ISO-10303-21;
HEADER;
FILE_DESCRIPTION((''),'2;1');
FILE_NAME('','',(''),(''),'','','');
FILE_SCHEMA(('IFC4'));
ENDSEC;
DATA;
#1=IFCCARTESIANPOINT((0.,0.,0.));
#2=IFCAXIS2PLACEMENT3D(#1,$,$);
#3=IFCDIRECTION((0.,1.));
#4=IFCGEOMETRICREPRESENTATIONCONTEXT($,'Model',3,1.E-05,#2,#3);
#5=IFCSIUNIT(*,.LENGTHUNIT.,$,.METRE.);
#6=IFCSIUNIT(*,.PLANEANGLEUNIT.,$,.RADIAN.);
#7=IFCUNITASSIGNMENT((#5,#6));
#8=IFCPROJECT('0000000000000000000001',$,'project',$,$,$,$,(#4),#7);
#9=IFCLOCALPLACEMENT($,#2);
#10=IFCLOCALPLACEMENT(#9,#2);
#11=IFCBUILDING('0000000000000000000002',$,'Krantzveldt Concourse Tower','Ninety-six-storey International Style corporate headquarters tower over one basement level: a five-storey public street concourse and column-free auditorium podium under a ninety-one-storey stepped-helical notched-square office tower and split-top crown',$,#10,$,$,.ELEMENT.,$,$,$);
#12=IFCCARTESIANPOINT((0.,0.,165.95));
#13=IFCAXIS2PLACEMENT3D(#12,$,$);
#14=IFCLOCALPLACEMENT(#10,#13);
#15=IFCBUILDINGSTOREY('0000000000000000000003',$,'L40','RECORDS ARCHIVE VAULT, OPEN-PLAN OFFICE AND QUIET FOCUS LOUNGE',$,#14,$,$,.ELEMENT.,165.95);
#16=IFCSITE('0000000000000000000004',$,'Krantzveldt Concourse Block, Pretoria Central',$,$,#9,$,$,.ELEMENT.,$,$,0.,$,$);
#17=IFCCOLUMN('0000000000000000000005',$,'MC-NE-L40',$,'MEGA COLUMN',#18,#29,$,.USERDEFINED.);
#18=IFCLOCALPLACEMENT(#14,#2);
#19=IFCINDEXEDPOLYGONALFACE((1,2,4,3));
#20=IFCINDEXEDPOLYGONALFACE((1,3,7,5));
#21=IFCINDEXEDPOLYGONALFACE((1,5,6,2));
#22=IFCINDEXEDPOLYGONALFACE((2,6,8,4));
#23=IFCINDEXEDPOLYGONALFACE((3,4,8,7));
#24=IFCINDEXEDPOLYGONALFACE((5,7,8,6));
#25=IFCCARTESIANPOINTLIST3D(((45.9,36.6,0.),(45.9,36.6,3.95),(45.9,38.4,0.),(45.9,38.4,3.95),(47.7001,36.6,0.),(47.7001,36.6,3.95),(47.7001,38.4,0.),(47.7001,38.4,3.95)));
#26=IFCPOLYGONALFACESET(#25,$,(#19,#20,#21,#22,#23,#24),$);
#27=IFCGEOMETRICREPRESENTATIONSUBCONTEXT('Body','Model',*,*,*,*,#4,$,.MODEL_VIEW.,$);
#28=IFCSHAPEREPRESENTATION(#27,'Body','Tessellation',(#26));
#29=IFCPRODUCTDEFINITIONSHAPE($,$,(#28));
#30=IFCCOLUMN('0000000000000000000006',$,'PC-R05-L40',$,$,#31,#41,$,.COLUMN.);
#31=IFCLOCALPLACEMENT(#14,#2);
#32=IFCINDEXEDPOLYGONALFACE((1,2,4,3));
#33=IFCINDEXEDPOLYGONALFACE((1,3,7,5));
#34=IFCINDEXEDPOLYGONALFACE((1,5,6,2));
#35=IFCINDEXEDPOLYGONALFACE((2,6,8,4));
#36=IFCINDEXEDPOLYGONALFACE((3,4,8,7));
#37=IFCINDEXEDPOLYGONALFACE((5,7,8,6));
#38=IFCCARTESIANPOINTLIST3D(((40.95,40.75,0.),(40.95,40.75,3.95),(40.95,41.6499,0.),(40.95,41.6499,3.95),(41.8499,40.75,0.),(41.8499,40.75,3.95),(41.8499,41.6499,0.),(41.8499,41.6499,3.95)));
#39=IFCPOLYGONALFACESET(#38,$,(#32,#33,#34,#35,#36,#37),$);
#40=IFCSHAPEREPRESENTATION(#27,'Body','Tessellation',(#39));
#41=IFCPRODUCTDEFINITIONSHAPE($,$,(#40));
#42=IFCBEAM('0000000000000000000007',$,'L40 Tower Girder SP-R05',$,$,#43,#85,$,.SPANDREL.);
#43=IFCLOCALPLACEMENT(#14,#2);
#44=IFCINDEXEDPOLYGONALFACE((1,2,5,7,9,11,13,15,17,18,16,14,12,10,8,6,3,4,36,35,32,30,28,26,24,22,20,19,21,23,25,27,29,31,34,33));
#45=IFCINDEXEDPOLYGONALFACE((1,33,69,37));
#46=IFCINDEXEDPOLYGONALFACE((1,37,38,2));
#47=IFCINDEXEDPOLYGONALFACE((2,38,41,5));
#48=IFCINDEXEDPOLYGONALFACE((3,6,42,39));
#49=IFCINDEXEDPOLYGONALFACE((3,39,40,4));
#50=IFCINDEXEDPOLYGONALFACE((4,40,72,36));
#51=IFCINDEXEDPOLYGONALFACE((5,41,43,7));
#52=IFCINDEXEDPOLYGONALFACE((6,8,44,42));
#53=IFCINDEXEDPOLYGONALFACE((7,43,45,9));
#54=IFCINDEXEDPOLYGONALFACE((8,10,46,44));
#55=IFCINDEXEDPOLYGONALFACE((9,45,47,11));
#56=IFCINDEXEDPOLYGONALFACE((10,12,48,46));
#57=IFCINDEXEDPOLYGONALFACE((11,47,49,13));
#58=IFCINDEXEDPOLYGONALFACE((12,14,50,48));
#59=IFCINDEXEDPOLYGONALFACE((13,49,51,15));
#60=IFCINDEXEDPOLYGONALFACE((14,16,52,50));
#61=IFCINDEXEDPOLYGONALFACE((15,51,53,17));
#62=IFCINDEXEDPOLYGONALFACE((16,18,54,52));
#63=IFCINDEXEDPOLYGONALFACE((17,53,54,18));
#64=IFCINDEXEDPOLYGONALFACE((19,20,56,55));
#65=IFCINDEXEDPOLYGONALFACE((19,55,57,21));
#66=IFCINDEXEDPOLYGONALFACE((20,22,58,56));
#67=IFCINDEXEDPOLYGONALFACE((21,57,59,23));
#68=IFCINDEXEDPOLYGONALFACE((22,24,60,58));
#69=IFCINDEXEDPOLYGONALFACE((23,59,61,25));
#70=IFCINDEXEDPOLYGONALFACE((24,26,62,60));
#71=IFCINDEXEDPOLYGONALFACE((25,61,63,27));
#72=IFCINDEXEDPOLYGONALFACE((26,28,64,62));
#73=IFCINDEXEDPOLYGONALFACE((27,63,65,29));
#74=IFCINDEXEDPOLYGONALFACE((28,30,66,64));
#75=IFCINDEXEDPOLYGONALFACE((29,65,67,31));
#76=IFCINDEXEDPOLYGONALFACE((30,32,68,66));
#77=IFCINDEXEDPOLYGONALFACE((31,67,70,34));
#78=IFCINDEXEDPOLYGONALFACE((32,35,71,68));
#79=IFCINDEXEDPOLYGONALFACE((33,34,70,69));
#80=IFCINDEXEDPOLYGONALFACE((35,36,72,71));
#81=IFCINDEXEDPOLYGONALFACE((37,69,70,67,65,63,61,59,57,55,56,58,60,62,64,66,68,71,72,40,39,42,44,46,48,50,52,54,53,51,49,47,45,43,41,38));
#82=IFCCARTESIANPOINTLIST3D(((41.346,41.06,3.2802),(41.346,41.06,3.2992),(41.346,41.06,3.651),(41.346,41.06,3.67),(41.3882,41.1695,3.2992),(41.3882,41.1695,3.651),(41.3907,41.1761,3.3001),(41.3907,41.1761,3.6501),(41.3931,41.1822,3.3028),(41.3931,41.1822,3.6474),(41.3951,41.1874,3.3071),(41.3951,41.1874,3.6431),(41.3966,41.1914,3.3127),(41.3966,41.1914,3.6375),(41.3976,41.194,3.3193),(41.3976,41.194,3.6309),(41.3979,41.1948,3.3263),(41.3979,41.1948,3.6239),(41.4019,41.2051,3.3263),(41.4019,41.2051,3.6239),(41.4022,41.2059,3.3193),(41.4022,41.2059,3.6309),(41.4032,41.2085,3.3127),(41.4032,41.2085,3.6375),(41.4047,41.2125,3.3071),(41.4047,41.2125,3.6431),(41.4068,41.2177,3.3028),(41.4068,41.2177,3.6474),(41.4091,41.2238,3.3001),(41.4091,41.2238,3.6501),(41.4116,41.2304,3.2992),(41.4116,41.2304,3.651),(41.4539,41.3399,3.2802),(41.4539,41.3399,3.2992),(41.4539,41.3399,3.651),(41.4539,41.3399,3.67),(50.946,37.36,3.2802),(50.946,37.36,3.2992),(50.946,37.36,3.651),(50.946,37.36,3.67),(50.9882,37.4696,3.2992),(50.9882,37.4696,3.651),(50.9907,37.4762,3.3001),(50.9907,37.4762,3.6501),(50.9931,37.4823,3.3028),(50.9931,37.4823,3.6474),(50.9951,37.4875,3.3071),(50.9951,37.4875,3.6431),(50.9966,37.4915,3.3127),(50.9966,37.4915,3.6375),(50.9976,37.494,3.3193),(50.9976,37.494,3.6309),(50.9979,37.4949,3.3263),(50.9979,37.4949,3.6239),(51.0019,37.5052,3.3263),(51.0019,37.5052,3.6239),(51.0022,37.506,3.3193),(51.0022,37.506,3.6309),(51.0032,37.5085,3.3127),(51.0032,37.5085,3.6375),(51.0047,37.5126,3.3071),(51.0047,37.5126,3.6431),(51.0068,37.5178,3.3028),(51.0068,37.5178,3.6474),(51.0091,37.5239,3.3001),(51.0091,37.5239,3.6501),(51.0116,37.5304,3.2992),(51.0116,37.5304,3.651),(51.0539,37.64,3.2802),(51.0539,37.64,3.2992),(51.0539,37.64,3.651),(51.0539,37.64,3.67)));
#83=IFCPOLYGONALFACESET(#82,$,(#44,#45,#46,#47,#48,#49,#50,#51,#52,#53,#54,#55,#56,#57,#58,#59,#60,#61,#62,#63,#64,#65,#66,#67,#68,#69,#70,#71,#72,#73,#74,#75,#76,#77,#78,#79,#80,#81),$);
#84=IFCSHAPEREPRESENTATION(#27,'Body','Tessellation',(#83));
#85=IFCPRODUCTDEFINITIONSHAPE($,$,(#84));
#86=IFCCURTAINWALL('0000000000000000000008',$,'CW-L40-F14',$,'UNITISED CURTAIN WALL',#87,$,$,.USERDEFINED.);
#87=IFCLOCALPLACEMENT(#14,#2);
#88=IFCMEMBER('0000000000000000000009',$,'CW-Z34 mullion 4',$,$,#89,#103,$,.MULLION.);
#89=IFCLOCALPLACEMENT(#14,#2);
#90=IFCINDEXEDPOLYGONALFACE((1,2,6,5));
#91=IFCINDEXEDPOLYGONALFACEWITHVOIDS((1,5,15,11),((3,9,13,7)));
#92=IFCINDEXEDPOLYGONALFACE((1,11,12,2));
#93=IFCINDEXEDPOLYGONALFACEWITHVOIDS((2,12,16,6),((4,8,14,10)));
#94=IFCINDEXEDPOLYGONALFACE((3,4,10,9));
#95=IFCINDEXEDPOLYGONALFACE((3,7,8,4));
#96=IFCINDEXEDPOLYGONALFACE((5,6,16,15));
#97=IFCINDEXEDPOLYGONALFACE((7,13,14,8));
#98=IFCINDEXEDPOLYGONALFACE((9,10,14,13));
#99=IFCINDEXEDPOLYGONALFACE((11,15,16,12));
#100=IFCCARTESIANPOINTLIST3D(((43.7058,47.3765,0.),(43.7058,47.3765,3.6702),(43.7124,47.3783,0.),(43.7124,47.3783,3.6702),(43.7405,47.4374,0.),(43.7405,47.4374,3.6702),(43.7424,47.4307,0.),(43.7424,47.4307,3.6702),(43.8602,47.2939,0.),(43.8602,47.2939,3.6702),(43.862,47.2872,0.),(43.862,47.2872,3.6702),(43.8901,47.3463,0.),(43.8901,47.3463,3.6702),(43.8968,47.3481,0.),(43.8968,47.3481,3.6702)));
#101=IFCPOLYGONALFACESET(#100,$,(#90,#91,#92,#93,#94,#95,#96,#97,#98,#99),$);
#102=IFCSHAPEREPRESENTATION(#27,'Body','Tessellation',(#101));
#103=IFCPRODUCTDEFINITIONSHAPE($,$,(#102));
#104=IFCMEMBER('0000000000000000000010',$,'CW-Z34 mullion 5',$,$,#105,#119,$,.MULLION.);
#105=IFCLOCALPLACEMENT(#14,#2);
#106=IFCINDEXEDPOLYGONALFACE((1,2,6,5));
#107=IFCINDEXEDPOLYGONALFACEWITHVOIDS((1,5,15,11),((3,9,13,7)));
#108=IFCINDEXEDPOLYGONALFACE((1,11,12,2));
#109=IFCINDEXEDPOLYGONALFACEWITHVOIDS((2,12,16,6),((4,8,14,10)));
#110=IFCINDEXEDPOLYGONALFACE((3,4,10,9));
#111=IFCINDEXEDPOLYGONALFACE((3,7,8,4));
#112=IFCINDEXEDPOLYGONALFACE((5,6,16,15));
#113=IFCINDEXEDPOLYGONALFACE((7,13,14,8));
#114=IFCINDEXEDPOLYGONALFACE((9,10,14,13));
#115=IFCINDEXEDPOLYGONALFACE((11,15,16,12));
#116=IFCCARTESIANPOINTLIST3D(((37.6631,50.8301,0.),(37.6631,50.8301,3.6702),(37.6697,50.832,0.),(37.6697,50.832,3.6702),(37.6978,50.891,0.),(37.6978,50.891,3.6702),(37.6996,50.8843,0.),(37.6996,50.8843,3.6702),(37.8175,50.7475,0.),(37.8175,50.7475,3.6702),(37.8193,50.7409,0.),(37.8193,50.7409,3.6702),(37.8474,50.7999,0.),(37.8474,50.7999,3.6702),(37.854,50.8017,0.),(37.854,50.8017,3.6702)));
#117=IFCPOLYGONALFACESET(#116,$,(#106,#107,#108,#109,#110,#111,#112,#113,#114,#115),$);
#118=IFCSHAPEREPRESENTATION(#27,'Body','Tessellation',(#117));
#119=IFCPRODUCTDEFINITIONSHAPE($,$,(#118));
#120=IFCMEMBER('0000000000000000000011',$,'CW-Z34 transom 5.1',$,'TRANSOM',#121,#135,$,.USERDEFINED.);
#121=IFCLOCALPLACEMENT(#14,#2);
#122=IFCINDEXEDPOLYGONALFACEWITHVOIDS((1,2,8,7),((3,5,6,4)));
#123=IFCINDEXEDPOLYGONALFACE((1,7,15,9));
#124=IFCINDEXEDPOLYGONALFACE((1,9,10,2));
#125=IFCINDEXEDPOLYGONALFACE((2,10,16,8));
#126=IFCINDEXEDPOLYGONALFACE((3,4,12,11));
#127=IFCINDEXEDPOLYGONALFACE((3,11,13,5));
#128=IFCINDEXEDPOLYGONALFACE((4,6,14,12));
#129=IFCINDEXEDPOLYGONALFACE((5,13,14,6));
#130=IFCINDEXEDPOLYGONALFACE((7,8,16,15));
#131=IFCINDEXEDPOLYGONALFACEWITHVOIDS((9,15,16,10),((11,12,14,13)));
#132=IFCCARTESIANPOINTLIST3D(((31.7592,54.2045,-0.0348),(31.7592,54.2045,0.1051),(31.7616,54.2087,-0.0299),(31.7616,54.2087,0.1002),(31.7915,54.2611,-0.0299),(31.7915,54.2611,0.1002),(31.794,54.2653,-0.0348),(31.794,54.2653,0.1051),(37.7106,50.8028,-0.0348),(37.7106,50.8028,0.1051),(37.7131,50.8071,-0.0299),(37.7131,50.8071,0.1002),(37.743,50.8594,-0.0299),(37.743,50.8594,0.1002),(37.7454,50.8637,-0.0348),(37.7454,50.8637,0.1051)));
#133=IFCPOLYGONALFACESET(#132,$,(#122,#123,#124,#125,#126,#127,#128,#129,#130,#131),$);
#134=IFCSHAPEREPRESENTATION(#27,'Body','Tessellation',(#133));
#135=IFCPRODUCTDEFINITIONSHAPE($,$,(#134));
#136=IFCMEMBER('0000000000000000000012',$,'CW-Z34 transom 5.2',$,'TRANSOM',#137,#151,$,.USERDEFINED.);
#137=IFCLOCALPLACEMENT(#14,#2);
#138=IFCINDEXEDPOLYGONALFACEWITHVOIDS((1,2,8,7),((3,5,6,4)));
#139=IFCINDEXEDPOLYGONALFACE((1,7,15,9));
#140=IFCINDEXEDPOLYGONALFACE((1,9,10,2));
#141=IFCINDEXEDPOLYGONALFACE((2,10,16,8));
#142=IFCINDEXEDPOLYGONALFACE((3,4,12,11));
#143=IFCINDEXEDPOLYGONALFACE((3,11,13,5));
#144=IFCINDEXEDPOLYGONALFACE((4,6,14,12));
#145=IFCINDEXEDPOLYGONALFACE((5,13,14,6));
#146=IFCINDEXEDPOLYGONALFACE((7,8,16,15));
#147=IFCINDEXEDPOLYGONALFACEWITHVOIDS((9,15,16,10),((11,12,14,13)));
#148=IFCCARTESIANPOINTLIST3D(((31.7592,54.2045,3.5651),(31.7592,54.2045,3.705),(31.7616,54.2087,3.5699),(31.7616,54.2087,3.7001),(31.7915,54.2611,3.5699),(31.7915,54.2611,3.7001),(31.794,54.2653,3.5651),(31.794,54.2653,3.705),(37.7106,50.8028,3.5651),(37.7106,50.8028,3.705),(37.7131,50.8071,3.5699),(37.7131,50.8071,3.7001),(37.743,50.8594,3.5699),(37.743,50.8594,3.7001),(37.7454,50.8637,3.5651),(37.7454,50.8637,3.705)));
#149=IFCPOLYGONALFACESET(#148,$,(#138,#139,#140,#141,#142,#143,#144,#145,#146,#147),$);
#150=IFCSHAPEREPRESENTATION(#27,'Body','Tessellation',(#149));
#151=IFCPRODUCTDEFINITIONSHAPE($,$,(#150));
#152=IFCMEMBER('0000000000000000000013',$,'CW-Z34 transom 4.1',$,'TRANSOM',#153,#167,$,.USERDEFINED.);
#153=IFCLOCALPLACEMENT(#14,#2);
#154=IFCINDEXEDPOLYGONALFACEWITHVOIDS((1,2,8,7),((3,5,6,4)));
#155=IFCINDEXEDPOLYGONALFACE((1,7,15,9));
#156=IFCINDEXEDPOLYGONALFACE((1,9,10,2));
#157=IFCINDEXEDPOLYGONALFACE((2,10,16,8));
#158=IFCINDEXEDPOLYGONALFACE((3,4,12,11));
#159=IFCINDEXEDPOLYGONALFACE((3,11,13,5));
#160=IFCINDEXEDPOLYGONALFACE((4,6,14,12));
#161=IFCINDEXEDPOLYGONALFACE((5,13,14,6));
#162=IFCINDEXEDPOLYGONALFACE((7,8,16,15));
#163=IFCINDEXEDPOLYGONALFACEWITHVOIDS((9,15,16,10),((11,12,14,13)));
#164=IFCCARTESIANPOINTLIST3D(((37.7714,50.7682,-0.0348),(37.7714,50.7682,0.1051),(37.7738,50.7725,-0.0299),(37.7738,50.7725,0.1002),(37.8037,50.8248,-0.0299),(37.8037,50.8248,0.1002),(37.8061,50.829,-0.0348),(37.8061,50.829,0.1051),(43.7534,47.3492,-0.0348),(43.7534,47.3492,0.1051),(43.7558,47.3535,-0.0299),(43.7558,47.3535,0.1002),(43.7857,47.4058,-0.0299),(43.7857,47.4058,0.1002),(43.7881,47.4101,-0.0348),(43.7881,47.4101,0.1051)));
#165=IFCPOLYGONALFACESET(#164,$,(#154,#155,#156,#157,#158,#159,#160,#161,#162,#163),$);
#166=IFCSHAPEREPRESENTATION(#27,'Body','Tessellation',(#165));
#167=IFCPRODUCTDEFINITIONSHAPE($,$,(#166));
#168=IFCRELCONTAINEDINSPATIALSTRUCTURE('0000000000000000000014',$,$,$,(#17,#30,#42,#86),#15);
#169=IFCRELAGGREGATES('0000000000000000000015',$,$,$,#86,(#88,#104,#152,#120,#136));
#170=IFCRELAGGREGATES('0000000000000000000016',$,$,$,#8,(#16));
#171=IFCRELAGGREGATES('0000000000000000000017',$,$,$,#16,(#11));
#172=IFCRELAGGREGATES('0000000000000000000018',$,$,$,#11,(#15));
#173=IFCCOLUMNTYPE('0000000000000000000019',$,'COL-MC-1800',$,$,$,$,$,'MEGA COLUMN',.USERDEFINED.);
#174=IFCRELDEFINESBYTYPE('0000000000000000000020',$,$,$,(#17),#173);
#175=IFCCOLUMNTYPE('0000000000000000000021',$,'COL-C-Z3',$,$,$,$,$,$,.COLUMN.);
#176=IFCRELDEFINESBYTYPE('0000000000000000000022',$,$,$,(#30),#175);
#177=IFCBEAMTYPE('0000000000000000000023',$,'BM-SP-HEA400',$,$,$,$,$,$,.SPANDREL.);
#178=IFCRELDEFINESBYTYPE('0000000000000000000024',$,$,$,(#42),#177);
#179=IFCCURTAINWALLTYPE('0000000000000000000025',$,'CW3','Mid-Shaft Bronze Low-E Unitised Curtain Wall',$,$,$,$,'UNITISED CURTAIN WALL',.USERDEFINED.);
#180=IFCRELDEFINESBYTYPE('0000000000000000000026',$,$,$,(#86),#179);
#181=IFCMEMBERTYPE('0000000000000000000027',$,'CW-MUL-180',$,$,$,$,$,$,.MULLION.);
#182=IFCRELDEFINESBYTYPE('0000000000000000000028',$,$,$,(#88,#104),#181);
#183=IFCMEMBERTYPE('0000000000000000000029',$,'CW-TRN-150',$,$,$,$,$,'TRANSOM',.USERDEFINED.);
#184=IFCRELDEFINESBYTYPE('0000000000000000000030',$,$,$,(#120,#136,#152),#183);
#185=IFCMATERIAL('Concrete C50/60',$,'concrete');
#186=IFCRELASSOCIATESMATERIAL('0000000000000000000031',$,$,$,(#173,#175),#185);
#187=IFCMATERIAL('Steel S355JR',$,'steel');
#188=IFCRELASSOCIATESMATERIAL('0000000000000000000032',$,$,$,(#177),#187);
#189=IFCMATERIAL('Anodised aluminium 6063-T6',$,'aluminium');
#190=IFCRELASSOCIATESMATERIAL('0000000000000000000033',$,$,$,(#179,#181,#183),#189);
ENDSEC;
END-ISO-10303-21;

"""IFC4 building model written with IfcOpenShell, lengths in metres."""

from ifc_helpers import new_model, si_unit, direction, frame, origin, origin_2d, place, context, subcontext, project, spatial, rectangle, hollow_rectangle, i_section, extrude, source, transform, mapped, material, material_profile, profile_set, type_object, type_shapes, element, aggregate, save


model = new_model("IFC4")

# Units and contexts
model_context = context("Model", 3, precision=1e-05, world=origin(), true_north=direction((0.0, 1.0)))
body_context = subcontext(model_context, "Body", "Model", "MODEL_VIEW")
ifc_project = project(units=[si_unit("LENGTHUNIT", "METRE"), si_unit("PLANEANGLEUNIT", "RADIAN")], contexts=[model_context])

# Site, building, storey
site_placement = place(None, origin())
site = spatial("IfcSite", under=ifc_project, at=site_placement, Name="Krantzveldt Concourse Block, Pretoria Central", CompositionType="ELEMENT", RefElevation=0.0)
building_placement = place(site_placement, origin())
building = spatial("IfcBuilding", under=site, at=building_placement, Name="Krantzveldt Concourse Tower", Description="Ninety-six-storey International Style corporate headquarters tower over one basement level: a five-storey public street concourse and column-free auditorium podium under a ninety-one-storey stepped-helical notched-square office tower and split-top crown", CompositionType="ELEMENT")
storey_placement = place(building_placement, frame((0.0, 0.0, 165.95)))
storey = spatial("IfcBuildingStorey", under=building, at=storey_placement, Name="L40", Description="RECORDS ARCHIVE VAULT, OPEN-PLAN OFFICE AND QUIET FOCUS LOUNGE", CompositionType="ELEMENT", Elevation=165.95)

# Columns
ifc_material_1 = material(Name="Concrete C50/60", Category="concrete")
ifc_material_profile_1 = material_profile(ifc_material_1, rectangle(XDim=1.8, YDim=1.8, at=origin_2d()), Name="Concrete C50/60", Category="concrete")
ifc_profile_set_1 = profile_set([ifc_material_profile_1], Name="Concrete C50/60 - RC 1800x1800")
column_type_1 = type_object("IfcColumnType", Name="COL-MC-1800", ElementType="MEGA COLUMN", PredefinedType="USERDEFINED", material=ifc_profile_set_1)
shared_shape_1 = source(origin(), body_context, "Body", "SweptSolid", [
    extrude(rectangle(XDim=1.8, YDim=1.8, at=origin_2d()), origin(), (0.0, 0.0, 1.0), 3.95),
])
type_shapes(column_type_1, [shared_shape_1])
column_1_placement = place(storey_placement, frame((46.8, 37.5, 0.0), z_axis=(0.0, 0.0, 1.0), x_axis=(1.0, 0.0, 0.0)))
element("IfcColumn", 1, at=column_1_placement, inside=storey, type_object=column_type_1, Name="MC-NE-L40", ObjectType="MEGA COLUMN", PredefinedType="USERDEFINED", context=body_context, shape_type="MappedRepresentation", body=[
    mapped(shared_shape_1, transform((0.0, 0.0, 0.0), x_axis=(1.0, 0.0, 0.0), y_axis=(0.0, 1.0, 0.0), z_axis=(0.0, 0.0, 1.0), scale=1.0)),
])
ifc_material_profile_2 = material_profile(ifc_material_1, rectangle(XDim=0.8999, YDim=0.8999, at=origin_2d()), Name="Concrete C50/60", Category="concrete")
ifc_profile_set_2 = profile_set([ifc_material_profile_2], Name="Concrete C50/60 - RC 900x900")
column_type_2 = type_object("IfcColumnType", Name="COL-C-Z3", PredefinedType="COLUMN", material=ifc_profile_set_2)
shared_shape_2 = source(origin(), body_context, "Body", "SweptSolid", [
    extrude(rectangle(XDim=0.8999, YDim=0.8999, at=origin_2d()), origin(), (0.0, 0.0, 1.0), 3.95),
])
type_shapes(column_type_2, [shared_shape_2])
column_2_placement = place(storey_placement, frame((41.3999, 41.2, 0.0), z_axis=(0.0, 0.0, 1.0), x_axis=(1.0, 0.0, 0.0)))
element("IfcColumn", 2, at=column_2_placement, inside=storey, type_object=column_type_2, Name="PC-R05-L40", PredefinedType="COLUMN", context=body_context, shape_type="MappedRepresentation", body=[
    mapped(shared_shape_2, transform((0.0, 0.0, 0.0), x_axis=(1.0, 0.0, 0.0), y_axis=(0.0, 1.0, 0.0), z_axis=(0.0, 0.0, 1.0), scale=1.0)),
])

# Beam
ifc_material_2 = material(Name="Steel S355JR", Category="steel")
ifc_material_profile_3 = material_profile(ifc_material_2, i_section(OverallWidth=0.3, OverallDepth=0.3899, WebThickness=0.011, FlangeThickness=0.019, FilletRadius=0.0271, at=origin_2d()), Name="Steel S355JR", Category="steel")
ifc_profile_set_3 = profile_set([ifc_material_profile_3], Name="Steel S355JR - HEA 400")
beam_type = type_object("IfcBeamType", Name="BM-SP-HEA400", PredefinedType="SPANDREL", material=ifc_profile_set_3)
shared_shape_3 = source(origin(), body_context, "Body", "SweptSolid", [
    extrude(i_section(OverallWidth=0.3, OverallDepth=0.3899, WebThickness=0.011, FlangeThickness=0.019, FilletRadius=0.0271, at=origin_2d()), origin(), (0.0, 0.0, 1.0), 10.2883),
])
type_shapes(beam_type, [shared_shape_3])
beam_placement = place(storey_placement, frame((41.3999, 41.2, 3.4751), z_axis=(0.933098, -0.359623, 0.0), x_axis=(0.359623, 0.933098, 0.0)))
element("IfcBeam", 3, at=beam_placement, inside=storey, type_object=beam_type, Name="L40 Tower Girder SP-R05", PredefinedType="SPANDREL", context=body_context, shape_type="MappedRepresentation", body=[
    mapped(shared_shape_3, transform((0.0, 0.0, 0.0), x_axis=(1.0, 0.0, 0.0), y_axis=(0.0, 1.0, 0.0), z_axis=(0.0, 0.0, 1.0), scale=1.0)),
])

# Curtain wall, members
ifc_material_3 = material(Name="Anodised aluminium 6063-T6", Category="aluminium")
curtain_wall_type = type_object("IfcCurtainWallType", Name="CW3", Description="Mid-Shaft Bronze Low-E Unitised Curtain Wall", ElementType="UNITISED CURTAIN WALL", PredefinedType="USERDEFINED", material=ifc_material_3)
curtain_wall_placement = place(storey_placement, origin())
curtain_wall = element("IfcCurtainWall", 4, at=curtain_wall_placement, inside=storey, type_object=curtain_wall_type, Name="CW-L40-F14", ObjectType="UNITISED CURTAIN WALL", PredefinedType="USERDEFINED")
ifc_material_profile_4 = material_profile(ifc_material_3, hollow_rectangle(XDim=0.0701, YDim=0.1799, WallThickness=0.0049, at=origin_2d()), Name="Anodised aluminium 6063-T6", Category="aluminium")
ifc_profile_set_4 = profile_set([ifc_material_profile_4], Name="Anodised aluminium 6063-T6 - ALU-MULL 180x70x5")
member_type_1 = type_object("IfcMemberType", Name="CW-MUL-180", PredefinedType="MULLION", material=ifc_profile_set_4)
shared_shape_4 = source(origin(), body_context, "Body", "SweptSolid", [
    extrude(hollow_rectangle(XDim=0.0701, YDim=0.1799, WallThickness=0.0049, at=origin_2d()), origin(), (0.0, 0.0, 1.0), 3.6702),
])
type_shapes(member_type_1, [shared_shape_4])
member_1_placement = place(storey_placement, frame((43.8013, 47.3623, 0.0), z_axis=(0.0, 0.0, 1.0), x_axis=(-0.496216, -0.868199, 0.0)))
member_1 = element("IfcMember", 5, at=member_1_placement, type_object=member_type_1, Name="CW-Z34 mullion 4", PredefinedType="MULLION", context=body_context, shape_type="MappedRepresentation", body=[
    mapped(shared_shape_4, transform((0.0, 0.0, 0.0), x_axis=(1.0, 0.0, 0.0), y_axis=(0.0, 1.0, 0.0), z_axis=(0.0, 0.0, 1.0), scale=1.0)),
])
member_2_placement = place(storey_placement, frame((37.7585, 50.8159, 0.0), z_axis=(0.0, 0.0, 1.0), x_axis=(-0.496216, -0.868199, 0.0)))
member_2 = element("IfcMember", 6, at=member_2_placement, type_object=member_type_1, Name="CW-Z34 mullion 5", PredefinedType="MULLION", context=body_context, shape_type="MappedRepresentation", body=[
    mapped(shared_shape_4, transform((0.0, 0.0, 0.0), x_axis=(1.0, 0.0, 0.0), y_axis=(0.0, 1.0, 0.0), z_axis=(0.0, 0.0, 1.0), scale=1.0)),
])
ifc_material_profile_5 = material_profile(ifc_material_3, hollow_rectangle(XDim=0.0701, YDim=0.1399, WallThickness=0.0049, at=origin_2d()), Name="Anodised aluminium 6063-T6", Category="aluminium")
ifc_profile_set_5 = profile_set([ifc_material_profile_5], Name="Anodised aluminium 6063-T6 - ALU-TRAN 140x70x5")
member_type_2 = type_object("IfcMemberType", Name="CW-TRN-150", ElementType="TRANSOM", PredefinedType="USERDEFINED", material=ifc_profile_set_5)
shared_shape_5 = source(origin(), body_context, "Body", "SweptSolid", [
    extrude(hollow_rectangle(XDim=0.0701, YDim=0.1399, WallThickness=0.0049, at=origin_2d()), origin(), (0.0, 0.0, 1.0), 6.855),
])
member_3_placement = place(storey_placement, frame((37.728, 50.8333, 0.0352), z_axis=(-0.868193, 0.496227, 0.0), x_axis=(-0.496227, -0.868193, 0.0)))
member_3 = element("IfcMember", 7, at=member_3_placement, type_object=member_type_2, Name="CW-Z34 transom 5.1", ObjectType="TRANSOM", PredefinedType="USERDEFINED", context=body_context, shape_type="MappedRepresentation", body=[
    mapped(shared_shape_5, transform((0.0, 0.0, 0.0), x_axis=(1.0, 0.0, 0.0), y_axis=(0.0, 1.0, 0.0), z_axis=(0.0, 0.0, 1.0), scale=1.0)),
])
member_4_placement = place(storey_placement, frame((37.728, 50.8333, 3.635), z_axis=(-0.868193, 0.496227, 0.0), x_axis=(-0.496227, -0.868193, 0.0)))
member_4 = element("IfcMember", 8, at=member_4_placement, type_object=member_type_2, Name="CW-Z34 transom 5.2", ObjectType="TRANSOM", PredefinedType="USERDEFINED", context=body_context, shape_type="MappedRepresentation", body=[
    mapped(shared_shape_5, transform((0.0, 0.0, 0.0), x_axis=(1.0, 0.0, 0.0), y_axis=(0.0, 1.0, 0.0), z_axis=(0.0, 0.0, 1.0), scale=1.0)),
])
shared_shape_6 = source(origin(), body_context, "Body", "SweptSolid", [
    extrude(hollow_rectangle(XDim=0.0701, YDim=0.1399, WallThickness=0.0049, at=origin_2d()), origin(), (0.0, 0.0, 1.0), 6.8901),
])
type_shapes(member_type_2, [shared_shape_5, shared_shape_6])
member_5_placement = place(storey_placement, frame((43.7708, 47.3796, 0.0352), z_axis=(-0.8682, 0.496215, 0.0), x_axis=(-0.496215, -0.8682, 0.0)))
member_5 = element("IfcMember", 9, at=member_5_placement, type_object=member_type_2, Name="CW-Z34 transom 4.1", ObjectType="TRANSOM", PredefinedType="USERDEFINED", context=body_context, shape_type="MappedRepresentation", body=[
    mapped(shared_shape_6, transform((0.0, 0.0, 0.0), x_axis=(1.0, 0.0, 0.0), y_axis=(0.0, 1.0, 0.0), z_axis=(0.0, 0.0, 1.0), scale=1.0)),
])
aggregate(curtain_wall, [member_1, member_2, member_5, member_3, member_4])

save(model, "model.ifc")
